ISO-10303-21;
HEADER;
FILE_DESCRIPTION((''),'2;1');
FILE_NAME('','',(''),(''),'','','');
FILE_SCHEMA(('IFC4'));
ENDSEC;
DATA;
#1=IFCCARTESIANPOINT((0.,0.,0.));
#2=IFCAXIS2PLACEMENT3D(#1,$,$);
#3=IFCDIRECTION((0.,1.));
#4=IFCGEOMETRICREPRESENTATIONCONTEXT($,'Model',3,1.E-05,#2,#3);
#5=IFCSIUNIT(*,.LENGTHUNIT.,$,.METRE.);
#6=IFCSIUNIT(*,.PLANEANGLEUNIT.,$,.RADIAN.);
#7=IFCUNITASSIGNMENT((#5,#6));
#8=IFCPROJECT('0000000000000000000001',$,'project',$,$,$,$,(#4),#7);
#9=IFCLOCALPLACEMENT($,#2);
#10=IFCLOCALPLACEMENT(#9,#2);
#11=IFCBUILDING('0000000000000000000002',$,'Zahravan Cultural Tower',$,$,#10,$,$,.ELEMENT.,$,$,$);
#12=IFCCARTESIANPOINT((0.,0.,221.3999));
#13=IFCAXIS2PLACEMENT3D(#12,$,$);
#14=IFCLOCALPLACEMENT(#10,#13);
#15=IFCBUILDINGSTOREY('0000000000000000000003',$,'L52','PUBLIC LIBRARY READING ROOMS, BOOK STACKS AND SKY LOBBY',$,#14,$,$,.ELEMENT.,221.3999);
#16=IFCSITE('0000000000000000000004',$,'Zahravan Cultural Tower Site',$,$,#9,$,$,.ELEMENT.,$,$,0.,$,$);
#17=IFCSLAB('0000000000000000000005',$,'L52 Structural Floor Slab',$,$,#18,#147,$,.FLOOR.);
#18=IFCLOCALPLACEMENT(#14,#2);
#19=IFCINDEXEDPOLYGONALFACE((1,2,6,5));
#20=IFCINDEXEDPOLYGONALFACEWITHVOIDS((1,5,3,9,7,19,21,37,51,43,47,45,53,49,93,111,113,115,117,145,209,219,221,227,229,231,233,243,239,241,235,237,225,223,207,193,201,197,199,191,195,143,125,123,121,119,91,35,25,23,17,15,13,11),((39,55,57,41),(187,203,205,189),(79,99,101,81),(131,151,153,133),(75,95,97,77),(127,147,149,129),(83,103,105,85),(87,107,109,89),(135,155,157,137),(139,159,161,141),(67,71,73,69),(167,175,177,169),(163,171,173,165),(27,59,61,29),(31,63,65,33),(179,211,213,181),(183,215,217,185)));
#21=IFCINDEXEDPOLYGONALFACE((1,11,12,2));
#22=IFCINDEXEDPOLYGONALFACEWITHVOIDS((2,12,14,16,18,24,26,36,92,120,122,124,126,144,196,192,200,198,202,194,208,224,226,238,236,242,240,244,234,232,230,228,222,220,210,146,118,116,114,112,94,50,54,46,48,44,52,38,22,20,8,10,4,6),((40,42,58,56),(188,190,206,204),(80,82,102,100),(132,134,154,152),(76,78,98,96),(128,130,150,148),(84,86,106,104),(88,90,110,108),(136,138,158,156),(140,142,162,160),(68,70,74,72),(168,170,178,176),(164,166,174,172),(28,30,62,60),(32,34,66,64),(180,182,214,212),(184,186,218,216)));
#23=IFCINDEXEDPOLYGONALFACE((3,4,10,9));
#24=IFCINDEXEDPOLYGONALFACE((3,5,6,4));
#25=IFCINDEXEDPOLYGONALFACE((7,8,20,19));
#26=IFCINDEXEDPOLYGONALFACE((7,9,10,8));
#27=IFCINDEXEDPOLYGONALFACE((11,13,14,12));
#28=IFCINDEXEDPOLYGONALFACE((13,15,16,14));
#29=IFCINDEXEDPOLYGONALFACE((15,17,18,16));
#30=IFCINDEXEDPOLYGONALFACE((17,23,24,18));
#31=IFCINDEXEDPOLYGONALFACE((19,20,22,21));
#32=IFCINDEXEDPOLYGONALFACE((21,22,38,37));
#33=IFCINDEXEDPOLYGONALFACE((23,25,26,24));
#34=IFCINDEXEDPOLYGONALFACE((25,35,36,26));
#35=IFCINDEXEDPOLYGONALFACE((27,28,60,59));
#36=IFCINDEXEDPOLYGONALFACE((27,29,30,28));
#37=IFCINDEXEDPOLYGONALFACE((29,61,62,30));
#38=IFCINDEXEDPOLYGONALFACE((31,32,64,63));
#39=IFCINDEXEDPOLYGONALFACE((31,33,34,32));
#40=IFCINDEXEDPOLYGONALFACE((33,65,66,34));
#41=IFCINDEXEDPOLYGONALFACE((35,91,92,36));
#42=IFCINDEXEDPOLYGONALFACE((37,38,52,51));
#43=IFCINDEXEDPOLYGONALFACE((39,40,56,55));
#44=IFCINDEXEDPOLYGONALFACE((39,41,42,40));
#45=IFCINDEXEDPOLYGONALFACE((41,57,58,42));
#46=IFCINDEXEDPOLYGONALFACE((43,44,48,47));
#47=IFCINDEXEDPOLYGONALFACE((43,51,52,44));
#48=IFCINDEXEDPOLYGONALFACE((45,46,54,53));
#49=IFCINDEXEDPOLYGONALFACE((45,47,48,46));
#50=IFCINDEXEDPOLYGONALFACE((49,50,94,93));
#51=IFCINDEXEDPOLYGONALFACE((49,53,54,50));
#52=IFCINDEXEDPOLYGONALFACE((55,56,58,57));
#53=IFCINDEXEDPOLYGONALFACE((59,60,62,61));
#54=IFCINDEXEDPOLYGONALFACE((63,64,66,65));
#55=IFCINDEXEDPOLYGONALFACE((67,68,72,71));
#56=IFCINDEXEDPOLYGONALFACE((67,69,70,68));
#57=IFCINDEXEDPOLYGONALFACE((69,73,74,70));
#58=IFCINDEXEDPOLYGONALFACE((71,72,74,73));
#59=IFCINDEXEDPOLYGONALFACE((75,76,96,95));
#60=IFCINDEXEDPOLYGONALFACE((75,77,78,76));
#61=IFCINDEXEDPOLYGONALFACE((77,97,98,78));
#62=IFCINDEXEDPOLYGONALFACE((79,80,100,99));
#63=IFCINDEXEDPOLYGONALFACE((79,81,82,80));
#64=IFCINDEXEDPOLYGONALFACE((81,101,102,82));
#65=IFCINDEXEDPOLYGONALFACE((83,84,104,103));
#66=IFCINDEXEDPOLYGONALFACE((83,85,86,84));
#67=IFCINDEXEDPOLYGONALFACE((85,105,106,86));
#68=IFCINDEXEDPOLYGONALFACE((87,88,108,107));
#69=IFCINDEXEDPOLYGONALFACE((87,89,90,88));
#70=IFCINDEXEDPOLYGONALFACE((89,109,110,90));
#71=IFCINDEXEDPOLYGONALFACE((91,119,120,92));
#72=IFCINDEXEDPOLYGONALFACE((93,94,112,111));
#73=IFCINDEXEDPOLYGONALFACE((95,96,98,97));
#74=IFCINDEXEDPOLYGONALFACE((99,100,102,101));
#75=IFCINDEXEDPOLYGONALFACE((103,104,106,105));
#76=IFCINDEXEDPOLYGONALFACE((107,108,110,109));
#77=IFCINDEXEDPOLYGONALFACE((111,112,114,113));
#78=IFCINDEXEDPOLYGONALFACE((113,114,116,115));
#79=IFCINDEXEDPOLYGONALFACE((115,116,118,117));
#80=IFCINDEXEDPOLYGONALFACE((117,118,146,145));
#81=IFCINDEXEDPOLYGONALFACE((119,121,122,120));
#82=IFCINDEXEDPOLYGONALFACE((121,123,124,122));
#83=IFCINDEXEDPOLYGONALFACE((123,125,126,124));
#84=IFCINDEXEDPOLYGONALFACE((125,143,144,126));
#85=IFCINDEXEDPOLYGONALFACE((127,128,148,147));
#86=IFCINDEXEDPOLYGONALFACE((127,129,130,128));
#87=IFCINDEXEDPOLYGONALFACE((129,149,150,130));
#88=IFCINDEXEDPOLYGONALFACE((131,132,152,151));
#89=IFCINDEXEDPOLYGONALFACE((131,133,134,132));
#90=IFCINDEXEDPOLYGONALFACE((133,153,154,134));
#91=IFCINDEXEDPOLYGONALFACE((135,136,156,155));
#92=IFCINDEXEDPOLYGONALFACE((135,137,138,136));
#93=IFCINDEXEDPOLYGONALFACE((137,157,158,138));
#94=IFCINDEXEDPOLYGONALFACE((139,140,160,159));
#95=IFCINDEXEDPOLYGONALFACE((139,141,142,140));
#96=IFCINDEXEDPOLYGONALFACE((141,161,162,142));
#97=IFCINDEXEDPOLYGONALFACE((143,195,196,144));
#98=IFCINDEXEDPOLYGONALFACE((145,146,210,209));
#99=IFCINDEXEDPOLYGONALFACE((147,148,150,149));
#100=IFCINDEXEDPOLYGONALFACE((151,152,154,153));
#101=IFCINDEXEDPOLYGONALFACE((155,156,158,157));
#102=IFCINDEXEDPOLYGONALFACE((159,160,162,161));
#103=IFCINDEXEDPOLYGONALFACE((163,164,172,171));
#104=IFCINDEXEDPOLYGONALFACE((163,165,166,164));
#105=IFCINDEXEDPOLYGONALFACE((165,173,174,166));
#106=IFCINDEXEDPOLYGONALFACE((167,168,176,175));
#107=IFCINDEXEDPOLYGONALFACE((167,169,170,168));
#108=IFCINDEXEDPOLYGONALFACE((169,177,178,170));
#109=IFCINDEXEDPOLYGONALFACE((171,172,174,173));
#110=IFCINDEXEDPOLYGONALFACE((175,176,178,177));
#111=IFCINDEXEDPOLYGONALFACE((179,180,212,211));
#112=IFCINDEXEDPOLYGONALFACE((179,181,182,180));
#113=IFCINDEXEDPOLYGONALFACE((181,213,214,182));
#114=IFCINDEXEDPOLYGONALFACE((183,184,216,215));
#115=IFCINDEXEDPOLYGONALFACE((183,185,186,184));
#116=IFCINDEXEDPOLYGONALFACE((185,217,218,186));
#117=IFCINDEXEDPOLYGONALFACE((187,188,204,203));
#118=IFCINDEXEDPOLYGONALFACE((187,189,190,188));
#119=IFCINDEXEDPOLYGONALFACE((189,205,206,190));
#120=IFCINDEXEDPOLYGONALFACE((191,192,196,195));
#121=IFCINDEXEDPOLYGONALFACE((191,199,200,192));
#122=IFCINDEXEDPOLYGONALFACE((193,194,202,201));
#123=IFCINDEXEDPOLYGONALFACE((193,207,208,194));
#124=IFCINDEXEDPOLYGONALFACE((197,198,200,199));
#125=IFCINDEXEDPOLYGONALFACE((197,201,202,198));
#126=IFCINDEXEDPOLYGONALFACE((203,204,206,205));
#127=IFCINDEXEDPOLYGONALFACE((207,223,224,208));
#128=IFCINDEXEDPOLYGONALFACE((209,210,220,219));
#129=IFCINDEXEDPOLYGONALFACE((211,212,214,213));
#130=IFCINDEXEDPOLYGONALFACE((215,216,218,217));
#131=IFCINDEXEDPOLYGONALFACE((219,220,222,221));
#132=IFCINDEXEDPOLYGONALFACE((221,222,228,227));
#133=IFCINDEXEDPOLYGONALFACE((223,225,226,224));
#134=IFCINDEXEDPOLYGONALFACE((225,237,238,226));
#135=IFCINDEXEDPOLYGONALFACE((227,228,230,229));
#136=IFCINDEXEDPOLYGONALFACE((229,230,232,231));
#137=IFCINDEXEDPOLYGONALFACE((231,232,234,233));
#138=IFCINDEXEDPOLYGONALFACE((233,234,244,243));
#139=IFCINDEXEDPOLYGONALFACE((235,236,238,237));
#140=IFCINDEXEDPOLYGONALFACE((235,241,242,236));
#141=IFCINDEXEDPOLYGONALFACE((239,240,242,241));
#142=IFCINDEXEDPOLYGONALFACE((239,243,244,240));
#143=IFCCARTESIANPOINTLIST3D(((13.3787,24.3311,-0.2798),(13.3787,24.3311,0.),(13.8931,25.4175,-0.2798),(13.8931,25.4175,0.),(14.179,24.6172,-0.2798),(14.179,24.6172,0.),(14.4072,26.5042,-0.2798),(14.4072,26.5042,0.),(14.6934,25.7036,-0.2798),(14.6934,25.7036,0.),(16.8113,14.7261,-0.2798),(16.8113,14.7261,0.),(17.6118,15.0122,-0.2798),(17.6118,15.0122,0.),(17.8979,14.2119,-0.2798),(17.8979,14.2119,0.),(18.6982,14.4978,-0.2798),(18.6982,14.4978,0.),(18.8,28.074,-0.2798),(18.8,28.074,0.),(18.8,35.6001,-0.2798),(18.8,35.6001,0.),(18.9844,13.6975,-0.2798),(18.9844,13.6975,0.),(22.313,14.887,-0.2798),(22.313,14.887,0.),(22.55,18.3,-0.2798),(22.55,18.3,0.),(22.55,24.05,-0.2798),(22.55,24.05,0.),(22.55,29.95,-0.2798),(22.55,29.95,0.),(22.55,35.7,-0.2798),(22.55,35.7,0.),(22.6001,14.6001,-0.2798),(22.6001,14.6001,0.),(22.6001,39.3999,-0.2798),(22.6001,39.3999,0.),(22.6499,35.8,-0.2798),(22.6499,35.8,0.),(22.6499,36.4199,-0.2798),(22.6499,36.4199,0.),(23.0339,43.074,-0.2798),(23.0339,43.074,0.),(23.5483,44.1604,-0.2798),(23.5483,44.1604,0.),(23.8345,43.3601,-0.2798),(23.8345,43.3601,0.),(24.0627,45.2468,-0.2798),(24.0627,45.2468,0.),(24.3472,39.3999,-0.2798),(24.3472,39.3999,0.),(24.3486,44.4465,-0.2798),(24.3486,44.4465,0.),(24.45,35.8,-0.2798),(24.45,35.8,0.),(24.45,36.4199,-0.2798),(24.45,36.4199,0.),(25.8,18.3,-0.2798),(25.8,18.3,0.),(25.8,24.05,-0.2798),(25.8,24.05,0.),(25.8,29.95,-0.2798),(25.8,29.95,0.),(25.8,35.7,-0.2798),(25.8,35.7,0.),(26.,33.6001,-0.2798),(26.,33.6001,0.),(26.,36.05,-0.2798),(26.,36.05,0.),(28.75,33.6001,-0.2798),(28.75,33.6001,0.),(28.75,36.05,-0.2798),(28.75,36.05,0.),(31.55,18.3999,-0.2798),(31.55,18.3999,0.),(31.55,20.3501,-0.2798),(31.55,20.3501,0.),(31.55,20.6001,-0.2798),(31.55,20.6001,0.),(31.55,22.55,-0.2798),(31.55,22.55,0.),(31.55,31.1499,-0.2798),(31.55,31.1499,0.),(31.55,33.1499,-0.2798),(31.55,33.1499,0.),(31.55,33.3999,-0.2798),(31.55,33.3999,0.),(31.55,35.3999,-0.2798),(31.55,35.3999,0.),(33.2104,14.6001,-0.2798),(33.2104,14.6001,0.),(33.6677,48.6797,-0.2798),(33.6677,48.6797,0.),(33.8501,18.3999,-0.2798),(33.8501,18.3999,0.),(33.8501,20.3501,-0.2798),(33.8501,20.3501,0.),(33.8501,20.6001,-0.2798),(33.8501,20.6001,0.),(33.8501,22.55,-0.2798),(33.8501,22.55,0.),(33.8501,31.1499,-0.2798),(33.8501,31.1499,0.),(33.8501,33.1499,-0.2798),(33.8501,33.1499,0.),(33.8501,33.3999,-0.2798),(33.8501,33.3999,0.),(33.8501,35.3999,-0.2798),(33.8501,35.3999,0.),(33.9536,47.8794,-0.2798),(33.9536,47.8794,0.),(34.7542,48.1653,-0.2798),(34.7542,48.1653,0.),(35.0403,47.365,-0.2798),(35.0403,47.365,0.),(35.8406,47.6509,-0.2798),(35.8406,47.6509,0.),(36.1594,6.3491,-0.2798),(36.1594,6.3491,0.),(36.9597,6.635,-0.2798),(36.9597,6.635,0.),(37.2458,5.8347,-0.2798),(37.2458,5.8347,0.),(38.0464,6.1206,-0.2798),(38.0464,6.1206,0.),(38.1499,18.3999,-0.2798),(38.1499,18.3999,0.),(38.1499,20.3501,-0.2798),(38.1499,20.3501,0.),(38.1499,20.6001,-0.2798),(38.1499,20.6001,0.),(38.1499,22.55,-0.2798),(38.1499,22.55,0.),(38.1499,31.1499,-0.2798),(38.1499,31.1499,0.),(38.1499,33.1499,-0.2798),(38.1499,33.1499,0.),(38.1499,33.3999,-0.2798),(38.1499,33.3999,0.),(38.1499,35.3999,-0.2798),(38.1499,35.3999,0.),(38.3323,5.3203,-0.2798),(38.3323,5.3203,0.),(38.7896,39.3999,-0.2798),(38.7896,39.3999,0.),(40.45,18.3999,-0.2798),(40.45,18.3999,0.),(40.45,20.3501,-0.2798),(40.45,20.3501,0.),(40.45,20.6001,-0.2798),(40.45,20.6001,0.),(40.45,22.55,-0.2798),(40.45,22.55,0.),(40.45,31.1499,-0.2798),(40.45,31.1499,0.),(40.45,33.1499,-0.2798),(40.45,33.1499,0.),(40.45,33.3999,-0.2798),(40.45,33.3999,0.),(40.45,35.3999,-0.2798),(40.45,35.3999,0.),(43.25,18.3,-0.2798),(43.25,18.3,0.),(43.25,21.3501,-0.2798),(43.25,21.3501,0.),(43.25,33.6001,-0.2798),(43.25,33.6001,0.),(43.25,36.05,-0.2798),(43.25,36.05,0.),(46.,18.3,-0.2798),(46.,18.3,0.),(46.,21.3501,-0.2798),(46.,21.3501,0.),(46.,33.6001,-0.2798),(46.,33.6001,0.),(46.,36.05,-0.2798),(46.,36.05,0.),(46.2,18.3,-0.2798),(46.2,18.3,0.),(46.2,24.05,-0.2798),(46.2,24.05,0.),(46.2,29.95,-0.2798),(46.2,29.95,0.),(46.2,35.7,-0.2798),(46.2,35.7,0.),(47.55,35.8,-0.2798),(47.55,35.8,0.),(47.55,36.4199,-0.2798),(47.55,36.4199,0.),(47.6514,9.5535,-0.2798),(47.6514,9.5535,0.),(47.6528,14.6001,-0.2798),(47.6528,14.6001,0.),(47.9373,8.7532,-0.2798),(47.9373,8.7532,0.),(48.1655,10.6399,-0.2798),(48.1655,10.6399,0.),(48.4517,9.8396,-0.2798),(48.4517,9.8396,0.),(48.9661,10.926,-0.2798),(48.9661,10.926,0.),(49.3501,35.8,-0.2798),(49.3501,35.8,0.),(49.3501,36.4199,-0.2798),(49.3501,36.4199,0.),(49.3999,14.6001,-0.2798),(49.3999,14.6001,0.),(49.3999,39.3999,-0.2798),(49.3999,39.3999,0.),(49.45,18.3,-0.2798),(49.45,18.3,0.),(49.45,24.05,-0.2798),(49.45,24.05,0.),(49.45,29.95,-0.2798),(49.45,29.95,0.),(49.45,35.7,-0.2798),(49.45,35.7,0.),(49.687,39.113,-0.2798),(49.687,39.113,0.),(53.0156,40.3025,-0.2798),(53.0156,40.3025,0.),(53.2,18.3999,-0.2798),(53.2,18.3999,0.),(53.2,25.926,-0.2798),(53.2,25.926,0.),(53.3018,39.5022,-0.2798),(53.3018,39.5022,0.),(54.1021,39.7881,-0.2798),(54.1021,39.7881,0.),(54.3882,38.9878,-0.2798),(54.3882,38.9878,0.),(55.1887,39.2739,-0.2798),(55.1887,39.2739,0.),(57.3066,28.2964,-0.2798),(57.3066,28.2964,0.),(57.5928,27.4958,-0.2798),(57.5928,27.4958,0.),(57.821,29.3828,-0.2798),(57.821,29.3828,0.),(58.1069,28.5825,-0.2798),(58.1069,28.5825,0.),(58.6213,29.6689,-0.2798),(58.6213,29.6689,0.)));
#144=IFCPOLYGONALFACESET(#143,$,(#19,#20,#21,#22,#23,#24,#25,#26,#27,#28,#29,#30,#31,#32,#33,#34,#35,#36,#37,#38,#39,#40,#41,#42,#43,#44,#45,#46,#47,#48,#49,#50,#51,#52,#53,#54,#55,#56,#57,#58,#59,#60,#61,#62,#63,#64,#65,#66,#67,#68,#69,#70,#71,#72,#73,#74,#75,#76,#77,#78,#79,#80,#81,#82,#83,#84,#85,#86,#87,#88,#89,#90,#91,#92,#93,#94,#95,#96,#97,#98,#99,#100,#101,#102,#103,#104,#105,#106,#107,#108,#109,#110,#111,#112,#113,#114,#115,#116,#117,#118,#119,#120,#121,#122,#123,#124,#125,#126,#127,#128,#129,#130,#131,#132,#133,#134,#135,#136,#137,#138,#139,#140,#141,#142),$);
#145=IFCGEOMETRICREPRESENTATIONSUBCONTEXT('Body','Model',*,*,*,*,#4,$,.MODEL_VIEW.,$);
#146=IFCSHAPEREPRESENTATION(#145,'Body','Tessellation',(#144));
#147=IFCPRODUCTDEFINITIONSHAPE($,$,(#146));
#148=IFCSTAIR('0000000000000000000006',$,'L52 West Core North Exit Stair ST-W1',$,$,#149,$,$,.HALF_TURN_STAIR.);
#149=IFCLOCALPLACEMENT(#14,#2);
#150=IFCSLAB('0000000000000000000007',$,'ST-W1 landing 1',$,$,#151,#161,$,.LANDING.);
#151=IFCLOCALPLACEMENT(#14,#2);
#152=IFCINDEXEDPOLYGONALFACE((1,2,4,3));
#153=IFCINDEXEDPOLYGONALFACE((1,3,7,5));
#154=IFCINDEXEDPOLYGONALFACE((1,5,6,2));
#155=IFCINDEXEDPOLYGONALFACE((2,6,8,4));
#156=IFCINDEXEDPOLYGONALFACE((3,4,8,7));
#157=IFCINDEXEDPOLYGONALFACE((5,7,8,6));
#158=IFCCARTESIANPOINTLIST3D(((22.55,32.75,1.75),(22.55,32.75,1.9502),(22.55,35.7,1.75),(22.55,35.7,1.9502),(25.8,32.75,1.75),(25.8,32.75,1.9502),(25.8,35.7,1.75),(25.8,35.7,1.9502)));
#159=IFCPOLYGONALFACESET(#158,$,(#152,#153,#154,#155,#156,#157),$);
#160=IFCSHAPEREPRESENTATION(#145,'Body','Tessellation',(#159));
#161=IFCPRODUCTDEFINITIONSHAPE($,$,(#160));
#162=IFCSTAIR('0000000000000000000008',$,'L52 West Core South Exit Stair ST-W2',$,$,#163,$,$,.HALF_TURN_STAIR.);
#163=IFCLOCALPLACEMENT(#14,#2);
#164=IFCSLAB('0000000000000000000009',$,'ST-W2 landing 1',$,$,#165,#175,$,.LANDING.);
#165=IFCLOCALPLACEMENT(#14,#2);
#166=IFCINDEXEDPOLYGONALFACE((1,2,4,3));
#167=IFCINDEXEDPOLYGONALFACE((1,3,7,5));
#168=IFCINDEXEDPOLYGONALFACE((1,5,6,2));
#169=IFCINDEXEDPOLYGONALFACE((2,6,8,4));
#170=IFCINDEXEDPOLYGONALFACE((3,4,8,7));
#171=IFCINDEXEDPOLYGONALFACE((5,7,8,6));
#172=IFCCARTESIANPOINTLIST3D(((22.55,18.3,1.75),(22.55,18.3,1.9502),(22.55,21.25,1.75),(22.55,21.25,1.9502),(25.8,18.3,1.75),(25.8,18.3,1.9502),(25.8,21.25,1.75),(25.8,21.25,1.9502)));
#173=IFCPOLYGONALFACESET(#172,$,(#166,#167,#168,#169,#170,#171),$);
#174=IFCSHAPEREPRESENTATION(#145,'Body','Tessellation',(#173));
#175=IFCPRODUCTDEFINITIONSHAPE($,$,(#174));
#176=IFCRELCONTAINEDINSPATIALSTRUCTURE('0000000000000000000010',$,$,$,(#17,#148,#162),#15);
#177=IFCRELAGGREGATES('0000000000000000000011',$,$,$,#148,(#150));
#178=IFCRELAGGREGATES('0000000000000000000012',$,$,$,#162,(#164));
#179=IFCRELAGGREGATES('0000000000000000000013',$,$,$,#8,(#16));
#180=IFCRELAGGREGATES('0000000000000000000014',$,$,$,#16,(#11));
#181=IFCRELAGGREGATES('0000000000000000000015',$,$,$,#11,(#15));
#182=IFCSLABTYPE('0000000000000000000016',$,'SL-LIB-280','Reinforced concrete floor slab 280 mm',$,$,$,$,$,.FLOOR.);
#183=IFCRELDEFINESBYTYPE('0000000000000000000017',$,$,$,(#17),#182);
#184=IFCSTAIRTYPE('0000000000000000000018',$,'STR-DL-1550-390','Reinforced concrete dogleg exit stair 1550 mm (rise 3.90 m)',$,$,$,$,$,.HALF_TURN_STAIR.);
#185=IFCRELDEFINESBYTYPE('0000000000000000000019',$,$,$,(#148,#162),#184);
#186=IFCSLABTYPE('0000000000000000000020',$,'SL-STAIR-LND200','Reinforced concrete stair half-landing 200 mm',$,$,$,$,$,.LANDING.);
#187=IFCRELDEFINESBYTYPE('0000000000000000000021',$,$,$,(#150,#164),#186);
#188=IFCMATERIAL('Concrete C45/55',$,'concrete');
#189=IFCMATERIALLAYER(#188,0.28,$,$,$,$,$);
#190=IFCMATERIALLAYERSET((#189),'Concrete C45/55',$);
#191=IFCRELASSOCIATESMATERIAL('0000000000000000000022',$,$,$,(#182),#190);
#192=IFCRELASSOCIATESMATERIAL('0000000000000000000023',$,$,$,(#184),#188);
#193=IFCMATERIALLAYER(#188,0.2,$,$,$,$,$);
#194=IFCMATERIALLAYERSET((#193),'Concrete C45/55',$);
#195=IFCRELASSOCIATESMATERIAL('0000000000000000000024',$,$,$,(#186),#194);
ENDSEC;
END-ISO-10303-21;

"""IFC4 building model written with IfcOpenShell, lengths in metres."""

from ifc_helpers import new_model, si_unit, direction, frame, origin, place, context, subcontext, project, spatial, polyline, outline, extrude, material, layer, layer_set, type_object, element, aggregate, save


model = new_model("IFC4")

# Units and contexts
model_context = context("Model", 3, precision=1e-05, world=origin(), true_north=direction((0.0, 1.0)))
body_context = subcontext(model_context, "Body", "Model", "MODEL_VIEW")
ifc_project = project(units=[si_unit("LENGTHUNIT", "METRE"), si_unit("PLANEANGLEUNIT", "RADIAN")], contexts=[model_context])

# Site, building, storey
site_placement = place(None, origin())
site = spatial("IfcSite", under=ifc_project, at=site_placement, Name="Zahravan Cultural Tower Site", CompositionType="ELEMENT", RefElevation=0.0)
building_placement = place(site_placement, origin())
building = spatial("IfcBuilding", under=site, at=building_placement, Name="Zahravan Cultural Tower", CompositionType="ELEMENT")
storey_placement = place(building_placement, frame((0.0, 0.0, 221.3999)))
storey = spatial("IfcBuildingStorey", under=building, at=storey_placement, Name="L52", Description="PUBLIC LIBRARY READING ROOMS, BOOK STACKS AND SKY LOBBY", CompositionType="ELEMENT", Elevation=221.3999)

# Slab
ifc_material_1 = material(Name="Concrete C45/55", Category="concrete")
ifc_layer_1 = layer(ifc_material_1, 0.28)
ifc_layer_set_1 = layer_set([ifc_layer_1], Name="Concrete C45/55")
slab_type_1 = type_object("IfcSlabType", Name="SL-LIB-280", Description="Reinforced concrete floor slab 280 mm", PredefinedType="FLOOR", material=ifc_layer_set_1)
slab_1_placement = place(storey_placement, frame((0.0, 0.0, -0.2798)))
element("IfcSlab", 1, at=slab_1_placement, inside=storey, type_object=slab_type_1, Name="L52 Structural Floor Slab", PredefinedType="FLOOR", context=body_context, shape_type="SweptSolid", body=[
    extrude(outline(polyline([(49.687, 39.113), (49.3999, 39.3999), (38.7896, 39.3999), (35.8406, 47.6509), (35.0403, 47.365), (34.7542, 48.1653), (33.9536, 47.8794), (33.6677, 48.6797), (24.0627, 45.2468), (24.3486, 44.4465), (23.5483, 44.1604), (23.8345, 43.3601), (23.0339, 43.074), (24.3472, 39.3999), (22.6001, 39.3999), (18.8, 35.6001), (18.8, 28.074), (14.4072, 26.5042), (14.6934, 25.7036), (13.8931, 25.4175), (14.179, 24.6172), (13.3787, 24.3311), (16.8113, 14.7261), (17.6118, 15.0122), (17.8979, 14.2119), (18.6982, 14.4978), (18.9844, 13.6975), (22.313, 14.887), (22.6001, 14.6001), (33.2104, 14.6001), (36.1594, 6.3491), (36.9597, 6.635), (37.2458, 5.8347), (38.0464, 6.1206), (38.3323, 5.3203), (47.9373, 8.7532), (47.6514, 9.5535), (48.4517, 9.8396), (48.1655, 10.6399), (48.9661, 10.926), (47.6528, 14.6001), (49.3999, 14.6001), (53.2, 18.3999), (53.2, 25.926), (57.5928, 27.4958), (57.3066, 28.2964), (58.1069, 28.5825), (57.821, 29.3828), (58.6213, 29.6689), (55.1887, 39.2739), (54.3882, 38.9878), (54.1021, 39.7881), (53.3018, 39.5022), (53.0156, 40.3025), (49.687, 39.113)]), holes=[polyline([(22.55, 29.95), (22.55, 35.7), (25.8, 35.7), (25.8, 29.95), (22.55, 29.95)]), polyline([(22.55, 18.3), (22.55, 24.05), (25.8, 24.05), (25.8, 18.3), (22.55, 18.3)]), polyline([(46.2, 29.95), (46.2, 35.7), (49.45, 35.7), (49.45, 29.95), (46.2, 29.95)]), polyline([(46.2, 18.3), (46.2, 24.05), (49.45, 24.05), (49.45, 18.3), (46.2, 18.3)]), polyline([(26.0, 33.6001), (26.0, 36.05), (28.75, 36.05), (28.75, 33.6001), (26.0, 33.6001)]), polyline([(43.25, 33.6001), (43.25, 36.05), (46.0, 36.05), (46.0, 33.6001), (43.25, 33.6001)]), polyline([(43.25, 18.3), (43.25, 21.3501), (46.0, 21.3501), (46.0, 18.3), (43.25, 18.3)]), polyline([(31.55, 33.3999), (31.55, 35.3999), (33.8501, 35.3999), (33.8501, 33.3999), (31.55, 33.3999)]), polyline([(31.55, 31.1499), (31.55, 33.1499), (33.8501, 33.1499), (33.8501, 31.1499), (31.55, 31.1499)]), polyline([(38.1499, 33.3999), (38.1499, 35.3999), (40.45, 35.3999), (40.45, 33.3999), (38.1499, 33.3999)]), polyline([(38.1499, 31.1499), (38.1499, 33.1499), (40.45, 33.1499), (40.45, 31.1499), (38.1499, 31.1499)]), polyline([(31.55, 20.6001), (31.55, 22.55), (33.8501, 22.55), (33.8501, 20.6001), (31.55, 20.6001)]), polyline([(31.55, 18.3999), (31.55, 20.3501), (33.8501, 20.3501), (33.8501, 18.3999), (31.55, 18.3999)]), polyline([(38.1499, 20.6001), (38.1499, 22.55), (40.45, 22.55), (40.45, 20.6001), (38.1499, 20.6001)]), polyline([(38.1499, 18.3999), (38.1499, 20.3501), (40.45, 20.3501), (40.45, 18.3999), (38.1499, 18.3999)]), polyline([(22.6499, 35.8), (22.6499, 36.4199), (24.45, 36.4199), (24.45, 35.8), (22.6499, 35.8)]), polyline([(47.55, 35.8), (47.55, 36.4199), (49.3501, 36.4199), (49.3501, 35.8), (47.55, 35.8)])]), origin(), (0.0, 0.0, 1.0), 0.2798),
])

# Stairs, slabs
stair_type = type_object("IfcStairType", Name="STR-DL-1550-390", Description="Reinforced concrete dogleg exit stair 1550 mm (rise 3.90 m)", PredefinedType="HALF_TURN_STAIR", material=ifc_material_1)
stair_1_placement = place(storey_placement, origin())
stair_1 = element("IfcStair", 2, at=stair_1_placement, inside=storey, type_object=stair_type, Name="L52 West Core North Exit Stair ST-W1", PredefinedType="HALF_TURN_STAIR")
ifc_layer_2 = layer(ifc_material_1, 0.2)
ifc_layer_set_2 = layer_set([ifc_layer_2], Name="Concrete C45/55")
slab_type_2 = type_object("IfcSlabType", Name="SL-STAIR-LND200", Description="Reinforced concrete stair half-landing 200 mm", PredefinedType="LANDING", material=ifc_layer_set_2)
slab_2_placement = place(storey_placement, frame((0.0, 0.0, 1.75)))
slab_2 = element("IfcSlab", 3, at=slab_2_placement, type_object=slab_type_2, Name="ST-W1 landing 1", PredefinedType="LANDING", context=body_context, shape_type="SweptSolid", body=[
    extrude(outline(polyline([(25.8, 32.75), (25.8, 35.7), (22.55, 35.7), (22.55, 32.75), (25.8, 32.75)])), origin(), (0.0, 0.0, 1.0), 0.2002),
])
aggregate(stair_1, [slab_2])
stair_2_placement = place(storey_placement, origin())
stair_2 = element("IfcStair", 4, at=stair_2_placement, inside=storey, type_object=stair_type, Name="L52 West Core South Exit Stair ST-W2", PredefinedType="HALF_TURN_STAIR")
slab_3_placement = place(storey_placement, frame((0.0, 0.0, 1.75)))
slab_3 = element("IfcSlab", 5, at=slab_3_placement, type_object=slab_type_2, Name="ST-W2 landing 1", PredefinedType="LANDING", context=body_context, shape_type="SweptSolid", body=[
    extrude(outline(polyline([(22.55, 21.25), (22.55, 18.3), (25.8, 18.3), (25.8, 21.25), (22.55, 21.25)])), origin(), (0.0, 0.0, 1.0), 0.2002),
])
aggregate(stair_2, [slab_3])

save(model, "model.ifc")
